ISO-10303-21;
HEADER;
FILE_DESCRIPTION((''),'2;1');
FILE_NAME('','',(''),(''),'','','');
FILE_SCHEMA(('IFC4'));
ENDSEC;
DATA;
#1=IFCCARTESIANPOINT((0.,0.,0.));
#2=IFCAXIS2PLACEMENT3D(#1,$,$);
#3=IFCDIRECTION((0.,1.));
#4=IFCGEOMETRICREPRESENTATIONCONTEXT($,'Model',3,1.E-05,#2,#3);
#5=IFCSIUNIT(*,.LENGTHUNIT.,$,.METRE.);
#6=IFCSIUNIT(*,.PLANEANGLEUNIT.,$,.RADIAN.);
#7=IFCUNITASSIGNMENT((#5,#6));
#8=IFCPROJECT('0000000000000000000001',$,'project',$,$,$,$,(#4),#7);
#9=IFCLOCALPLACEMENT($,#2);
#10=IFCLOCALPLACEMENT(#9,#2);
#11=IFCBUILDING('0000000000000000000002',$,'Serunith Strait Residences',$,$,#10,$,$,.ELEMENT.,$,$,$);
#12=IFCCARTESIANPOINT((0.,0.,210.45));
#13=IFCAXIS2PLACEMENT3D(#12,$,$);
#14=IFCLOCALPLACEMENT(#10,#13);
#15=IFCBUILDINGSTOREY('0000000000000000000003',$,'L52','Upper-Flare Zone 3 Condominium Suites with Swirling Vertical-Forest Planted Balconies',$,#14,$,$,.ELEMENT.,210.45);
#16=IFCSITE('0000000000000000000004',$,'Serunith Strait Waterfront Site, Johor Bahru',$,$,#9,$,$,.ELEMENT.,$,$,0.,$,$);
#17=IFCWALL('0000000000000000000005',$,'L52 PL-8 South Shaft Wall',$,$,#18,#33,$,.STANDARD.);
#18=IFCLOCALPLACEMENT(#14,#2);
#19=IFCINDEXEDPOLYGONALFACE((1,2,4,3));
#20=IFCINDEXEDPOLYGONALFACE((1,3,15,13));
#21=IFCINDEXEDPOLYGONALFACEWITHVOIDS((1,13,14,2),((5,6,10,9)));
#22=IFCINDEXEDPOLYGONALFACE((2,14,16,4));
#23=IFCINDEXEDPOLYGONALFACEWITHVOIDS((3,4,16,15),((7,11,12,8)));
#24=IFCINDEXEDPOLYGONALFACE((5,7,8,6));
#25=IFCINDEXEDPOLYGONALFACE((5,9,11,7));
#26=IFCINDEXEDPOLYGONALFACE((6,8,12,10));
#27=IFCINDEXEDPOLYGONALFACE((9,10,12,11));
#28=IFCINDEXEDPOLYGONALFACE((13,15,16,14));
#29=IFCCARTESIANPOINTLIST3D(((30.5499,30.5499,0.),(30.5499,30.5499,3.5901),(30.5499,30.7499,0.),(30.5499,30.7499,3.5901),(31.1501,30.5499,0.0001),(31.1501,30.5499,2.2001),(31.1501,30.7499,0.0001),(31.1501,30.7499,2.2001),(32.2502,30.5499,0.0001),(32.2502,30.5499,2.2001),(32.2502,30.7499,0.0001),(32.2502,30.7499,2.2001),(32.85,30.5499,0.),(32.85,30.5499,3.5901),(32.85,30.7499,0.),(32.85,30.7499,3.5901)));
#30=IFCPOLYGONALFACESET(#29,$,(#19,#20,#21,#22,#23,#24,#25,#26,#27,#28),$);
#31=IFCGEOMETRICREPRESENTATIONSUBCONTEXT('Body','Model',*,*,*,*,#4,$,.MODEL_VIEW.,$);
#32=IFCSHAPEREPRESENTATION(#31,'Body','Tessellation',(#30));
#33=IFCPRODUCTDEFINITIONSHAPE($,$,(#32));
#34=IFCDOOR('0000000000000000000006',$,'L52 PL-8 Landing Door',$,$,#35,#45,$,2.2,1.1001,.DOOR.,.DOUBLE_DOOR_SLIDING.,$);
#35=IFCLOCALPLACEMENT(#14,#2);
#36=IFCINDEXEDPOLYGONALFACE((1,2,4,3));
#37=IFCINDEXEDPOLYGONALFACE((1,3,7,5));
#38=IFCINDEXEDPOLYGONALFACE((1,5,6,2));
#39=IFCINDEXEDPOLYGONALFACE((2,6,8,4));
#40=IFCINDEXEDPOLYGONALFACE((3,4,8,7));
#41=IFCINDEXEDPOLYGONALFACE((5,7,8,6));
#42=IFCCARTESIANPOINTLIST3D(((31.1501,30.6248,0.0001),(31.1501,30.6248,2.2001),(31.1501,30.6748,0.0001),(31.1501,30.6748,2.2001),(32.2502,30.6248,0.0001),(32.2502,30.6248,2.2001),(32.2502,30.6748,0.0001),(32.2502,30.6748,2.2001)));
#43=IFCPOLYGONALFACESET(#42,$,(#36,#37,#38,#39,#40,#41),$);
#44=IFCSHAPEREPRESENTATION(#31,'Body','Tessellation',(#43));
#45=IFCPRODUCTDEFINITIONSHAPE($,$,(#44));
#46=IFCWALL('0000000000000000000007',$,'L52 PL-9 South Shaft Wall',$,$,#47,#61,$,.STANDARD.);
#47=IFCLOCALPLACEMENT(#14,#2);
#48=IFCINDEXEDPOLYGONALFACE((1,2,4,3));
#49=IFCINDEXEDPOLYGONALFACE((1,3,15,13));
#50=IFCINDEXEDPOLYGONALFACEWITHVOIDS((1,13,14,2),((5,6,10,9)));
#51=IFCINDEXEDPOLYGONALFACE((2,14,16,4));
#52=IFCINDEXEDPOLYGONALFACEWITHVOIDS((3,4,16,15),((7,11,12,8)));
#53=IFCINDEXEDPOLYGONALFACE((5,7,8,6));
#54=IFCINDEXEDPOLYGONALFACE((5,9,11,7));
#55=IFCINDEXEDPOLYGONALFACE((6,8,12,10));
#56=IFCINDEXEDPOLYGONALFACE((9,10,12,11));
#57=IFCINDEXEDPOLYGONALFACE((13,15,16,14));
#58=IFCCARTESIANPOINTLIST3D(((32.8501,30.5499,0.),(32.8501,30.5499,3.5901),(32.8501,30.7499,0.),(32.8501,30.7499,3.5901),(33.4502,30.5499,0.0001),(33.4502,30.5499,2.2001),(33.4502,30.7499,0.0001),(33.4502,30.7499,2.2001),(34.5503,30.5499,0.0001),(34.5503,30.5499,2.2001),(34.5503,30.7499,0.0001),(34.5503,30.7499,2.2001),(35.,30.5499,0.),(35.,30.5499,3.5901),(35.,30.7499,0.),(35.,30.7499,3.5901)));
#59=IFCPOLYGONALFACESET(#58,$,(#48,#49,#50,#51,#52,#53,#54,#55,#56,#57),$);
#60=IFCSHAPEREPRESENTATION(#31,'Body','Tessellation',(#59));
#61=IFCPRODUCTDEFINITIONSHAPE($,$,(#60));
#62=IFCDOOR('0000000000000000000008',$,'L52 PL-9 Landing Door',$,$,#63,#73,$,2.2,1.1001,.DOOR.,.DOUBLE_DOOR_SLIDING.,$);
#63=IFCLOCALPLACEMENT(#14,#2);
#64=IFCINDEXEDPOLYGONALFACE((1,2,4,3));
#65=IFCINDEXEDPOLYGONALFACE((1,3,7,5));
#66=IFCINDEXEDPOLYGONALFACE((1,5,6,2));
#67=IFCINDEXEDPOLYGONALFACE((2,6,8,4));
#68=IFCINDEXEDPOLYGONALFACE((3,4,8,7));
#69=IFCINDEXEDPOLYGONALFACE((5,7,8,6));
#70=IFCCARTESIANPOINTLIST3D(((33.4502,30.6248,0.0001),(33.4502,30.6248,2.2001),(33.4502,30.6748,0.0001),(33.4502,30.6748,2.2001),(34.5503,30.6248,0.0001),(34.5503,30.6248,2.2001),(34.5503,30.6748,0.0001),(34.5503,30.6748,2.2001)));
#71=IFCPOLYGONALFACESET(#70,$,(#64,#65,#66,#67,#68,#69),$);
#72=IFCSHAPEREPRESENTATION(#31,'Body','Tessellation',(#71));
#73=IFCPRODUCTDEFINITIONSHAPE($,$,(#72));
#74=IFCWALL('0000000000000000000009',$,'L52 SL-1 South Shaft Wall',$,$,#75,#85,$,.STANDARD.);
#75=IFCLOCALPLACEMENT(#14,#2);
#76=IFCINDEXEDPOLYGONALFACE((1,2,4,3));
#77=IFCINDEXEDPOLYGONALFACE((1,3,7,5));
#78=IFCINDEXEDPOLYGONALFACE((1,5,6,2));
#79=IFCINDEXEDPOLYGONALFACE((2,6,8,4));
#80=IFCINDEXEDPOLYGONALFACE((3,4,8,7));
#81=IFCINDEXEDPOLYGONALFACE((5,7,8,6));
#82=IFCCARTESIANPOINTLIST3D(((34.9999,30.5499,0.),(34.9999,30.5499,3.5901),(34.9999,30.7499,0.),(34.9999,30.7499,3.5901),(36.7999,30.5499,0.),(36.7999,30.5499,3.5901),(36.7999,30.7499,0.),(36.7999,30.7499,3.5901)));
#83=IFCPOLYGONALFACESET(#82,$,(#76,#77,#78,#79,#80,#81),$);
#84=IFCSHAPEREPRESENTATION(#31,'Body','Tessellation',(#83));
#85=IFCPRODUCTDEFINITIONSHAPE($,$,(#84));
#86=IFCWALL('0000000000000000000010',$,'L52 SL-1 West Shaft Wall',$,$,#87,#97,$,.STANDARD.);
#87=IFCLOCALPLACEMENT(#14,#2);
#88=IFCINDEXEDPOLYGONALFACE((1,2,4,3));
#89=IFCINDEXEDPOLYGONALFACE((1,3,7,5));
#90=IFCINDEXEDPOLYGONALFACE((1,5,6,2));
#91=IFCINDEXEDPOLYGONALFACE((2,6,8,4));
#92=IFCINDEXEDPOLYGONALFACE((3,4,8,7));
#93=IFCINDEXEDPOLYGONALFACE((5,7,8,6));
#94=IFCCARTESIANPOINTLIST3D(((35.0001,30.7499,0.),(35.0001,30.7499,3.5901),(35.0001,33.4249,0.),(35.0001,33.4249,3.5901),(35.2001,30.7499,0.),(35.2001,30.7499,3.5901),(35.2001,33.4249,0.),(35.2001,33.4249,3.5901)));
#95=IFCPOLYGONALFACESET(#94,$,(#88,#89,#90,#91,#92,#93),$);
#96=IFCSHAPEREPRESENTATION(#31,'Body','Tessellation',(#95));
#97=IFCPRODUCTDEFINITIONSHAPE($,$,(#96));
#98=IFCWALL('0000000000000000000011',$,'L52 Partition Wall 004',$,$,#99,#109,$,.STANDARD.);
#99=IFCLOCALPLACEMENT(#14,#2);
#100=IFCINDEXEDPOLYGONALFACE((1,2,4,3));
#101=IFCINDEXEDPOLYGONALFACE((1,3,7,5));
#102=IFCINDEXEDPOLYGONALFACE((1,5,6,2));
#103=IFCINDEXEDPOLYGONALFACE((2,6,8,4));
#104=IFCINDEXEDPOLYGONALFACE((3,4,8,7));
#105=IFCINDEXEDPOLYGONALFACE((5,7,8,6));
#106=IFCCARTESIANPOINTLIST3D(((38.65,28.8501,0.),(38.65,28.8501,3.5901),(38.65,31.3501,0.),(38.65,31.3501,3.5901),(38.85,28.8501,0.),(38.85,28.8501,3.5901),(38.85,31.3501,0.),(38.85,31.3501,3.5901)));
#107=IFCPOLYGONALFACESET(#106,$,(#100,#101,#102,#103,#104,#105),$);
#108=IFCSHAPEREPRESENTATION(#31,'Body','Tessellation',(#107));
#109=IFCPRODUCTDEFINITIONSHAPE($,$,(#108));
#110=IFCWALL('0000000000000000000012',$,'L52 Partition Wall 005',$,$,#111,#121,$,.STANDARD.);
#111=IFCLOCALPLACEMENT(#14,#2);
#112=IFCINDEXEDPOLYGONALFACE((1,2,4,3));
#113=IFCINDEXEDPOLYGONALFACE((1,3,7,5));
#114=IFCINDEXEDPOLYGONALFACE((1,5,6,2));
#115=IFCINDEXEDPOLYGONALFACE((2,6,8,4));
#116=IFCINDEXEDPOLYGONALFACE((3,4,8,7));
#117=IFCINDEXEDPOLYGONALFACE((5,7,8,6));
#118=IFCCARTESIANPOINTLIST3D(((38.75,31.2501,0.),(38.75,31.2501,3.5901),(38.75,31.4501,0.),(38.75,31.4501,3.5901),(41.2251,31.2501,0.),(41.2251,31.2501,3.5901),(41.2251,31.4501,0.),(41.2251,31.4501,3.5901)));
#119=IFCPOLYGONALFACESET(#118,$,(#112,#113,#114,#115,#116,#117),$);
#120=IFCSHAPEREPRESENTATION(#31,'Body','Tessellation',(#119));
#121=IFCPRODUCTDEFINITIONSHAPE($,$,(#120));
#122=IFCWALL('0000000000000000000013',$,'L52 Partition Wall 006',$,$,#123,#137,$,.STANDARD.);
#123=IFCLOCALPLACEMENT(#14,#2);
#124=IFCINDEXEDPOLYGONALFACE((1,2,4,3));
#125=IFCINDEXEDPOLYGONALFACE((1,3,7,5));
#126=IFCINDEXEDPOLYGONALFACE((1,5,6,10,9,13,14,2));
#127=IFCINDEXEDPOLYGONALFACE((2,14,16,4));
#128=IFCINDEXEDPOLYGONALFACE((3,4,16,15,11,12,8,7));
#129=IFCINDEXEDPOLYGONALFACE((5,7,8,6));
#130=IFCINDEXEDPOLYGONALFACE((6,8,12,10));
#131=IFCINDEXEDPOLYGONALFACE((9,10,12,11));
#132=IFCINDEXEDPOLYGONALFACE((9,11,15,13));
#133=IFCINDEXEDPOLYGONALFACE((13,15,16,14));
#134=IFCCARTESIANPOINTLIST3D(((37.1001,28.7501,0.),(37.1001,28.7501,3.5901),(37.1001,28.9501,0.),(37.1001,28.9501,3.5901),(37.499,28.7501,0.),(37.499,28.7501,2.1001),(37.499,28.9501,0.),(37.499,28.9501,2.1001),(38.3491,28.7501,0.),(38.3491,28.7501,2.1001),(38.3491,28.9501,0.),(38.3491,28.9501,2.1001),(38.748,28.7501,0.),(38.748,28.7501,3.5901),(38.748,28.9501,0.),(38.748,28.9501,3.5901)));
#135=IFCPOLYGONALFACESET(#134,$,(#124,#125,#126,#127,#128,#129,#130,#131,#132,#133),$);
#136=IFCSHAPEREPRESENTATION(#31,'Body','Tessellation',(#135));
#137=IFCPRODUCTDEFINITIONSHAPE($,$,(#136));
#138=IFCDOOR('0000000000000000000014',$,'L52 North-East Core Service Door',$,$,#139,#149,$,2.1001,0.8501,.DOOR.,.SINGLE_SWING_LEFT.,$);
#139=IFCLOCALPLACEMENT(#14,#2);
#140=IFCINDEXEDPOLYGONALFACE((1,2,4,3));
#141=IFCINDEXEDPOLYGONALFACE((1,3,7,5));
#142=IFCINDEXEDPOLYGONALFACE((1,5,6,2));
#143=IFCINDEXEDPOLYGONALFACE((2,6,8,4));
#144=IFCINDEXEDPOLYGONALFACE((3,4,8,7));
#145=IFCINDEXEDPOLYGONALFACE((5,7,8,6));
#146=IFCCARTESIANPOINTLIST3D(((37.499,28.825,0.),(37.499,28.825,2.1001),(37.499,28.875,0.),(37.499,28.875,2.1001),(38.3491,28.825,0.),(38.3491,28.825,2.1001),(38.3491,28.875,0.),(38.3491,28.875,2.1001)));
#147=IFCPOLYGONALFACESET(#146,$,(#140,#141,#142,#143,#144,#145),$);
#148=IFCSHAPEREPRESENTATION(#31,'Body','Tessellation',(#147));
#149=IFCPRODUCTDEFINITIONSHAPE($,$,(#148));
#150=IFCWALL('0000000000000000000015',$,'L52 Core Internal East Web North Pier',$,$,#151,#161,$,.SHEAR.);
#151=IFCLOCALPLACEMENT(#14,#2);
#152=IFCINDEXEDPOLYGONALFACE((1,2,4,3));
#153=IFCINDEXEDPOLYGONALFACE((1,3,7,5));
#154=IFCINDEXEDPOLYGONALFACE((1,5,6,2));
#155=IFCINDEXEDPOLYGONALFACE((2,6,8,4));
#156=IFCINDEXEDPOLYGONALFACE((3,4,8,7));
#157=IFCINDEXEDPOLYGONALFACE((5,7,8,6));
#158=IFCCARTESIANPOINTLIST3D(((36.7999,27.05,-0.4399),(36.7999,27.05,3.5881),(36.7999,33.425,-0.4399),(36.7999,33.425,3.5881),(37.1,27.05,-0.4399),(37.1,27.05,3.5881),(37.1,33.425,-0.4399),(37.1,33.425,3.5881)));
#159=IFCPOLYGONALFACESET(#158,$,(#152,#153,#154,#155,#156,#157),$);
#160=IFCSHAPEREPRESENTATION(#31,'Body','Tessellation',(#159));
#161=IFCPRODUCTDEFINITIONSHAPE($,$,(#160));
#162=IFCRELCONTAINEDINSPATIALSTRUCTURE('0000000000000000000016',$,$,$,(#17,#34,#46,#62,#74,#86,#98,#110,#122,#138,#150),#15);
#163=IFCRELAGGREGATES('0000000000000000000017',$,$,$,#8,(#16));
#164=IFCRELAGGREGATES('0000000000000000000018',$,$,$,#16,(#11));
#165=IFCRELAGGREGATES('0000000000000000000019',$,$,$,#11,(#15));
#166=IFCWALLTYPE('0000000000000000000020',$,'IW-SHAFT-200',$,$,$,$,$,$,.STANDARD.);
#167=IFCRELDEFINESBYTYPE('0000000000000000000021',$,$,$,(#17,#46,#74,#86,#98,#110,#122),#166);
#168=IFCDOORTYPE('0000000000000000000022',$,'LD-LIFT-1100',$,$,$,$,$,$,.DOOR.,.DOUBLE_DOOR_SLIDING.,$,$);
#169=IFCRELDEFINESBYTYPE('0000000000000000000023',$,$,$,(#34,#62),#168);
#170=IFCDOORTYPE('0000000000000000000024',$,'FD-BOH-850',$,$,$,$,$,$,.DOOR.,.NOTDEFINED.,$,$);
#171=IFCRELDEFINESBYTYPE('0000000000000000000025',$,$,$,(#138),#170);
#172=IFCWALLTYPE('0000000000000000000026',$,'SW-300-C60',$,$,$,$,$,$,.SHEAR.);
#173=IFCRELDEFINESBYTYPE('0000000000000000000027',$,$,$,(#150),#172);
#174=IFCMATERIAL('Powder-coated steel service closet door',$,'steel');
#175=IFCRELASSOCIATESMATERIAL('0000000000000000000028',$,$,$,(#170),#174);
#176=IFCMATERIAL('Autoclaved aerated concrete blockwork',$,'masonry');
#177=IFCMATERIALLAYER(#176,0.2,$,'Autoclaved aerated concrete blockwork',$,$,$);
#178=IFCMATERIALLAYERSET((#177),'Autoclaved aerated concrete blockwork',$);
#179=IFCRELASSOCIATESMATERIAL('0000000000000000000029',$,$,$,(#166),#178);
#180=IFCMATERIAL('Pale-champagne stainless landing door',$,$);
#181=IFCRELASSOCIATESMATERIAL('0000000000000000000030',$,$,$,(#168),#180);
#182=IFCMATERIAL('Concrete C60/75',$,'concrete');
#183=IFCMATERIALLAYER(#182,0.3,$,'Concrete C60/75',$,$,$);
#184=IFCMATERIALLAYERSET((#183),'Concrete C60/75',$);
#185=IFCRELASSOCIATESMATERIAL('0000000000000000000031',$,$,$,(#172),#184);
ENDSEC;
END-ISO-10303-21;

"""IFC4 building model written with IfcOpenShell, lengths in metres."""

from ifc_helpers import new_model, si_unit, direction, frame, frame_2d, origin, place, context, subcontext, project, spatial, rectangle, extrude, source, transform, mapped, material, layer, layer_set, type_object, element, fill, save


model = new_model("IFC4")

# Units and contexts
model_context = context("Model", 3, precision=1e-05, world=origin(), true_north=direction((0.0, 1.0)))
body_context = subcontext(model_context, "Body", "Model", "MODEL_VIEW")
ifc_project = project(units=[si_unit("LENGTHUNIT", "METRE"), si_unit("PLANEANGLEUNIT", "RADIAN")], contexts=[model_context])

# Site, building, storey
site_placement = place(None, origin())
site = spatial("IfcSite", under=ifc_project, at=site_placement, Name="Serunith Strait Waterfront Site, Johor Bahru", CompositionType="ELEMENT", RefElevation=0.0)
building_placement = place(site_placement, origin())
building = spatial("IfcBuilding", under=site, at=building_placement, Name="Serunith Strait Residences", CompositionType="ELEMENT")
storey_placement = place(building_placement, frame((0.0, 0.0, 210.45)))
storey = spatial("IfcBuildingStorey", under=building, at=storey_placement, Name="L52", Description="Upper-Flare Zone 3 Condominium Suites with Swirling Vertical-Forest Planted Balconies", CompositionType="ELEMENT", Elevation=210.45)

# Shared definitions
ifc_material_1 = material(Name="Powder-coated steel service closet door", Category="steel")
door_type_1 = type_object("IfcDoorType", Name="FD-BOH-850", OperationType="NOTDEFINED", PredefinedType="DOOR", material=ifc_material_1)
shared_shape_1 = source(origin(), body_context, "Body", "SweptSolid", [
    extrude(rectangle(XDim=0.8501, YDim=2.1001, at=frame_2d((0.425, 1.05))), frame((0.0, 0.0249, 0.0), z_axis=(0.0, -1.0, 0.0), x_axis=(1.0, 0.0, 0.0)), (0.0, 0.0, 1.0), 0.05),
])

# Shared definitions
ifc_material_2 = material(Name="Autoclaved aerated concrete blockwork", Category="masonry")
ifc_layer_1 = layer(ifc_material_2, 0.2, Name="Autoclaved aerated concrete blockwork")
ifc_layer_set_1 = layer_set([ifc_layer_1], Name="Autoclaved aerated concrete blockwork")
wall_type_1 = type_object("IfcWallType", Name="IW-SHAFT-200", PredefinedType="STANDARD", material=ifc_layer_set_1)

# Walls, openings, doors
wall_1_placement = place(storey_placement, frame((30.55, 30.6499, 0.0), z_axis=(0.0, 0.0, 1.0), x_axis=(1.0, 0.0, 0.0)))
wall_1 = element("IfcWall", 1, at=wall_1_placement, inside=storey, type_object=wall_type_1, Name="L52 PL-8 South Shaft Wall", PredefinedType="STANDARD", context=body_context, shape_type="SweptSolid", body=[
    extrude(rectangle(XDim=2.3, YDim=0.2, at=frame_2d((1.1499, 0.0))), origin(), (0.0, 0.0, 1.0), 3.5901),
])
opening_1_placement = place(wall_1_placement, frame((0.6001, 0.0, 0.0)))
opening_1 = element("IfcOpeningElement", 2, at=opening_1_placement, cuts=wall_1, PredefinedType="OPENING", context=body_context, shape_type="SweptSolid", body=[
    extrude(rectangle(XDim=1.1001, YDim=2.2, at=frame_2d((0.55, 1.1001))), frame((0.0, 0.1099, 0.0), z_axis=(0.0, -1.0, 0.0), x_axis=(1.0, 0.0, 0.0)), (0.0, 0.0, 1.0), 0.22),
])
ifc_material_3 = material(Name="Pale-champagne stainless landing door")
door_type_2 = type_object("IfcDoorType", Name="LD-LIFT-1100", OperationType="DOUBLE_DOOR_SLIDING", PredefinedType="DOOR", material=ifc_material_3)
shared_shape_2 = source(origin(), body_context, "Body", "SweptSolid", [
    extrude(rectangle(XDim=1.1001, YDim=2.2, at=frame_2d((0.55, 1.1001))), frame((0.0, 0.0249, 0.0), z_axis=(0.0, -1.0, 0.0), x_axis=(1.0, 0.0, 0.0)), (0.0, 0.0, 1.0), 0.05),
])
door_1_placement = place(opening_1_placement, origin())
door_1 = element("IfcDoor", 3, at=door_1_placement, inside=storey, type_object=door_type_2, Name="L52 PL-8 Landing Door", OperationType="DOUBLE_DOOR_SLIDING", OverallHeight=2.2, OverallWidth=1.1001, PredefinedType="DOOR", context=body_context, shape_type="MappedRepresentation", body=[
    mapped(shared_shape_2, transform((0.0, 0.0, 0.0), scale=1.0)),
])
fill(opening_1, door_1)
wall_2_placement = place(storey_placement, frame((32.8501, 30.6499, 0.0), z_axis=(0.0, 0.0, 1.0), x_axis=(1.0, 0.0, 0.0)))
wall_2 = element("IfcWall", 4, at=wall_2_placement, inside=storey, type_object=wall_type_1, Name="L52 PL-9 South Shaft Wall", PredefinedType="STANDARD", context=body_context, shape_type="SweptSolid", body=[
    extrude(rectangle(XDim=2.1499, YDim=0.2, at=frame_2d((1.075, 0.0))), origin(), (0.0, 0.0, 1.0), 3.5901),
])
opening_2_placement = place(wall_2_placement, frame((0.6001, 0.0, 0.0)))
opening_2 = element("IfcOpeningElement", 5, at=opening_2_placement, cuts=wall_2, PredefinedType="OPENING", context=body_context, shape_type="SweptSolid", body=[
    extrude(rectangle(XDim=1.1001, YDim=2.2, at=frame_2d((0.55, 1.1001))), frame((0.0, 0.1099, 0.0), z_axis=(0.0, -1.0, 0.0), x_axis=(1.0, 0.0, 0.0)), (0.0, 0.0, 1.0), 0.22),
])
door_2_placement = place(opening_2_placement, origin())
door_2 = element("IfcDoor", 6, at=door_2_placement, inside=storey, type_object=door_type_2, Name="L52 PL-9 Landing Door", OperationType="DOUBLE_DOOR_SLIDING", OverallHeight=2.2, OverallWidth=1.1001, PredefinedType="DOOR", context=body_context, shape_type="MappedRepresentation", body=[
    mapped(shared_shape_2, transform((0.0, 0.0, 0.0), scale=1.0)),
])
fill(opening_2, door_2)

# Walls
wall_3_placement = place(storey_placement, frame((35.0, 30.6499, 0.0), z_axis=(0.0, 0.0, 1.0), x_axis=(1.0, 0.0, 0.0)))
element("IfcWall", 7, at=wall_3_placement, inside=storey, type_object=wall_type_1, Name="L52 SL-1 South Shaft Wall", PredefinedType="STANDARD", context=body_context, shape_type="SweptSolid", body=[
    extrude(rectangle(XDim=1.8, YDim=0.2, at=frame_2d((0.8999, 0.0))), origin(), (0.0, 0.0, 1.0), 3.5901),
])
wall_4_placement = place(storey_placement, frame((35.1001, 30.75, 0.0), z_axis=(0.0, 0.0, 1.0), x_axis=(0.0, 1.0, 0.0)))
element("IfcWall", 8, at=wall_4_placement, inside=storey, type_object=wall_type_1, Name="L52 SL-1 West Shaft Wall", PredefinedType="STANDARD", context=body_context, shape_type="SweptSolid", body=[
    extrude(rectangle(XDim=2.675, YDim=0.2, at=frame_2d((1.3374, 0.0))), origin(), (0.0, 0.0, 1.0), 3.5901),
])
wall_5_placement = place(storey_placement, frame((38.75, 28.8501, 0.0), z_axis=(0.0, 0.0, 1.0), x_axis=(0.0, 1.0, 0.0)))
element("IfcWall", 9, at=wall_5_placement, inside=storey, type_object=wall_type_1, Name="L52 Partition Wall 004", PredefinedType="STANDARD", context=body_context, shape_type="SweptSolid", body=[
    extrude(rectangle(XDim=2.5, YDim=0.2, at=frame_2d((1.25, 0.0))), origin(), (0.0, 0.0, 1.0), 3.5901),
])
wall_6_placement = place(storey_placement, frame((38.75, 31.3501, 0.0), z_axis=(0.0, 0.0, 1.0), x_axis=(1.0, 0.0, 0.0)))
element("IfcWall", 10, at=wall_6_placement, inside=storey, type_object=wall_type_1, Name="L52 Partition Wall 005", PredefinedType="STANDARD", context=body_context, shape_type="SweptSolid", body=[
    extrude(rectangle(XDim=2.4751, YDim=0.2, at=frame_2d((1.2375, 0.0))), origin(), (0.0, 0.0, 1.0), 3.5901),
])

# Wall, opening, door
wall_7_placement = place(storey_placement, frame((37.1001, 28.8501, 0.0), z_axis=(0.0, 0.0, 1.0), x_axis=(1.0, 0.0, 0.0)))
wall_7 = element("IfcWall", 11, at=wall_7_placement, inside=storey, type_object=wall_type_1, Name="L52 Partition Wall 006", PredefinedType="STANDARD", context=body_context, shape_type="SweptSolid", body=[
    extrude(rectangle(XDim=1.6479, YDim=0.2, at=frame_2d((0.824, 0.0))), origin(), (0.0, 0.0, 1.0), 3.5901),
])
opening_3_placement = place(wall_7_placement, frame((0.3989, 0.0, 0.0)))
opening_3 = element("IfcOpeningElement", 12, at=opening_3_placement, cuts=wall_7, PredefinedType="OPENING", context=body_context, shape_type="SweptSolid", body=[
    extrude(rectangle(XDim=0.8501, YDim=2.1001, at=frame_2d((0.425, 1.05))), frame((0.0, 0.1099, 0.0), z_axis=(0.0, -1.0, 0.0), x_axis=(1.0, 0.0, 0.0)), (0.0, 0.0, 1.0), 0.22),
])
door_3_placement = place(opening_3_placement, origin())
door_3 = element("IfcDoor", 13, at=door_3_placement, inside=storey, type_object=door_type_1, Name="L52 North-East Core Service Door", OperationType="SINGLE_SWING_LEFT", OverallHeight=2.1001, OverallWidth=0.8501, PredefinedType="DOOR", context=body_context, shape_type="MappedRepresentation", body=[
    mapped(shared_shape_1, transform((0.0, 0.0, 0.0), scale=1.0)),
])
fill(opening_3, door_3)

# Wall
ifc_material_4 = material(Name="Concrete C60/75", Category="concrete")
ifc_layer_2 = layer(ifc_material_4, 0.3, Name="Concrete C60/75")
ifc_layer_set_2 = layer_set([ifc_layer_2], Name="Concrete C60/75")
wall_type_2 = type_object("IfcWallType", Name="SW-300-C60", PredefinedType="SHEAR", material=ifc_layer_set_2)
wall_8_placement = place(storey_placement, frame((36.95, 27.05, -0.4399), z_axis=(0.0, 0.0, 1.0), x_axis=(0.0, 1.0, 0.0)))
element("IfcWall", 14, at=wall_8_placement, inside=storey, type_object=wall_type_2, Name="L52 Core Internal East Web North Pier", PredefinedType="SHEAR", context=body_context, shape_type="SweptSolid", body=[
    extrude(rectangle(XDim=6.375, YDim=0.3, at=frame_2d((3.1875, 0.0))), origin(), (0.0, 0.0, 1.0), 4.0281),
])

save(model, "model.ifc")
